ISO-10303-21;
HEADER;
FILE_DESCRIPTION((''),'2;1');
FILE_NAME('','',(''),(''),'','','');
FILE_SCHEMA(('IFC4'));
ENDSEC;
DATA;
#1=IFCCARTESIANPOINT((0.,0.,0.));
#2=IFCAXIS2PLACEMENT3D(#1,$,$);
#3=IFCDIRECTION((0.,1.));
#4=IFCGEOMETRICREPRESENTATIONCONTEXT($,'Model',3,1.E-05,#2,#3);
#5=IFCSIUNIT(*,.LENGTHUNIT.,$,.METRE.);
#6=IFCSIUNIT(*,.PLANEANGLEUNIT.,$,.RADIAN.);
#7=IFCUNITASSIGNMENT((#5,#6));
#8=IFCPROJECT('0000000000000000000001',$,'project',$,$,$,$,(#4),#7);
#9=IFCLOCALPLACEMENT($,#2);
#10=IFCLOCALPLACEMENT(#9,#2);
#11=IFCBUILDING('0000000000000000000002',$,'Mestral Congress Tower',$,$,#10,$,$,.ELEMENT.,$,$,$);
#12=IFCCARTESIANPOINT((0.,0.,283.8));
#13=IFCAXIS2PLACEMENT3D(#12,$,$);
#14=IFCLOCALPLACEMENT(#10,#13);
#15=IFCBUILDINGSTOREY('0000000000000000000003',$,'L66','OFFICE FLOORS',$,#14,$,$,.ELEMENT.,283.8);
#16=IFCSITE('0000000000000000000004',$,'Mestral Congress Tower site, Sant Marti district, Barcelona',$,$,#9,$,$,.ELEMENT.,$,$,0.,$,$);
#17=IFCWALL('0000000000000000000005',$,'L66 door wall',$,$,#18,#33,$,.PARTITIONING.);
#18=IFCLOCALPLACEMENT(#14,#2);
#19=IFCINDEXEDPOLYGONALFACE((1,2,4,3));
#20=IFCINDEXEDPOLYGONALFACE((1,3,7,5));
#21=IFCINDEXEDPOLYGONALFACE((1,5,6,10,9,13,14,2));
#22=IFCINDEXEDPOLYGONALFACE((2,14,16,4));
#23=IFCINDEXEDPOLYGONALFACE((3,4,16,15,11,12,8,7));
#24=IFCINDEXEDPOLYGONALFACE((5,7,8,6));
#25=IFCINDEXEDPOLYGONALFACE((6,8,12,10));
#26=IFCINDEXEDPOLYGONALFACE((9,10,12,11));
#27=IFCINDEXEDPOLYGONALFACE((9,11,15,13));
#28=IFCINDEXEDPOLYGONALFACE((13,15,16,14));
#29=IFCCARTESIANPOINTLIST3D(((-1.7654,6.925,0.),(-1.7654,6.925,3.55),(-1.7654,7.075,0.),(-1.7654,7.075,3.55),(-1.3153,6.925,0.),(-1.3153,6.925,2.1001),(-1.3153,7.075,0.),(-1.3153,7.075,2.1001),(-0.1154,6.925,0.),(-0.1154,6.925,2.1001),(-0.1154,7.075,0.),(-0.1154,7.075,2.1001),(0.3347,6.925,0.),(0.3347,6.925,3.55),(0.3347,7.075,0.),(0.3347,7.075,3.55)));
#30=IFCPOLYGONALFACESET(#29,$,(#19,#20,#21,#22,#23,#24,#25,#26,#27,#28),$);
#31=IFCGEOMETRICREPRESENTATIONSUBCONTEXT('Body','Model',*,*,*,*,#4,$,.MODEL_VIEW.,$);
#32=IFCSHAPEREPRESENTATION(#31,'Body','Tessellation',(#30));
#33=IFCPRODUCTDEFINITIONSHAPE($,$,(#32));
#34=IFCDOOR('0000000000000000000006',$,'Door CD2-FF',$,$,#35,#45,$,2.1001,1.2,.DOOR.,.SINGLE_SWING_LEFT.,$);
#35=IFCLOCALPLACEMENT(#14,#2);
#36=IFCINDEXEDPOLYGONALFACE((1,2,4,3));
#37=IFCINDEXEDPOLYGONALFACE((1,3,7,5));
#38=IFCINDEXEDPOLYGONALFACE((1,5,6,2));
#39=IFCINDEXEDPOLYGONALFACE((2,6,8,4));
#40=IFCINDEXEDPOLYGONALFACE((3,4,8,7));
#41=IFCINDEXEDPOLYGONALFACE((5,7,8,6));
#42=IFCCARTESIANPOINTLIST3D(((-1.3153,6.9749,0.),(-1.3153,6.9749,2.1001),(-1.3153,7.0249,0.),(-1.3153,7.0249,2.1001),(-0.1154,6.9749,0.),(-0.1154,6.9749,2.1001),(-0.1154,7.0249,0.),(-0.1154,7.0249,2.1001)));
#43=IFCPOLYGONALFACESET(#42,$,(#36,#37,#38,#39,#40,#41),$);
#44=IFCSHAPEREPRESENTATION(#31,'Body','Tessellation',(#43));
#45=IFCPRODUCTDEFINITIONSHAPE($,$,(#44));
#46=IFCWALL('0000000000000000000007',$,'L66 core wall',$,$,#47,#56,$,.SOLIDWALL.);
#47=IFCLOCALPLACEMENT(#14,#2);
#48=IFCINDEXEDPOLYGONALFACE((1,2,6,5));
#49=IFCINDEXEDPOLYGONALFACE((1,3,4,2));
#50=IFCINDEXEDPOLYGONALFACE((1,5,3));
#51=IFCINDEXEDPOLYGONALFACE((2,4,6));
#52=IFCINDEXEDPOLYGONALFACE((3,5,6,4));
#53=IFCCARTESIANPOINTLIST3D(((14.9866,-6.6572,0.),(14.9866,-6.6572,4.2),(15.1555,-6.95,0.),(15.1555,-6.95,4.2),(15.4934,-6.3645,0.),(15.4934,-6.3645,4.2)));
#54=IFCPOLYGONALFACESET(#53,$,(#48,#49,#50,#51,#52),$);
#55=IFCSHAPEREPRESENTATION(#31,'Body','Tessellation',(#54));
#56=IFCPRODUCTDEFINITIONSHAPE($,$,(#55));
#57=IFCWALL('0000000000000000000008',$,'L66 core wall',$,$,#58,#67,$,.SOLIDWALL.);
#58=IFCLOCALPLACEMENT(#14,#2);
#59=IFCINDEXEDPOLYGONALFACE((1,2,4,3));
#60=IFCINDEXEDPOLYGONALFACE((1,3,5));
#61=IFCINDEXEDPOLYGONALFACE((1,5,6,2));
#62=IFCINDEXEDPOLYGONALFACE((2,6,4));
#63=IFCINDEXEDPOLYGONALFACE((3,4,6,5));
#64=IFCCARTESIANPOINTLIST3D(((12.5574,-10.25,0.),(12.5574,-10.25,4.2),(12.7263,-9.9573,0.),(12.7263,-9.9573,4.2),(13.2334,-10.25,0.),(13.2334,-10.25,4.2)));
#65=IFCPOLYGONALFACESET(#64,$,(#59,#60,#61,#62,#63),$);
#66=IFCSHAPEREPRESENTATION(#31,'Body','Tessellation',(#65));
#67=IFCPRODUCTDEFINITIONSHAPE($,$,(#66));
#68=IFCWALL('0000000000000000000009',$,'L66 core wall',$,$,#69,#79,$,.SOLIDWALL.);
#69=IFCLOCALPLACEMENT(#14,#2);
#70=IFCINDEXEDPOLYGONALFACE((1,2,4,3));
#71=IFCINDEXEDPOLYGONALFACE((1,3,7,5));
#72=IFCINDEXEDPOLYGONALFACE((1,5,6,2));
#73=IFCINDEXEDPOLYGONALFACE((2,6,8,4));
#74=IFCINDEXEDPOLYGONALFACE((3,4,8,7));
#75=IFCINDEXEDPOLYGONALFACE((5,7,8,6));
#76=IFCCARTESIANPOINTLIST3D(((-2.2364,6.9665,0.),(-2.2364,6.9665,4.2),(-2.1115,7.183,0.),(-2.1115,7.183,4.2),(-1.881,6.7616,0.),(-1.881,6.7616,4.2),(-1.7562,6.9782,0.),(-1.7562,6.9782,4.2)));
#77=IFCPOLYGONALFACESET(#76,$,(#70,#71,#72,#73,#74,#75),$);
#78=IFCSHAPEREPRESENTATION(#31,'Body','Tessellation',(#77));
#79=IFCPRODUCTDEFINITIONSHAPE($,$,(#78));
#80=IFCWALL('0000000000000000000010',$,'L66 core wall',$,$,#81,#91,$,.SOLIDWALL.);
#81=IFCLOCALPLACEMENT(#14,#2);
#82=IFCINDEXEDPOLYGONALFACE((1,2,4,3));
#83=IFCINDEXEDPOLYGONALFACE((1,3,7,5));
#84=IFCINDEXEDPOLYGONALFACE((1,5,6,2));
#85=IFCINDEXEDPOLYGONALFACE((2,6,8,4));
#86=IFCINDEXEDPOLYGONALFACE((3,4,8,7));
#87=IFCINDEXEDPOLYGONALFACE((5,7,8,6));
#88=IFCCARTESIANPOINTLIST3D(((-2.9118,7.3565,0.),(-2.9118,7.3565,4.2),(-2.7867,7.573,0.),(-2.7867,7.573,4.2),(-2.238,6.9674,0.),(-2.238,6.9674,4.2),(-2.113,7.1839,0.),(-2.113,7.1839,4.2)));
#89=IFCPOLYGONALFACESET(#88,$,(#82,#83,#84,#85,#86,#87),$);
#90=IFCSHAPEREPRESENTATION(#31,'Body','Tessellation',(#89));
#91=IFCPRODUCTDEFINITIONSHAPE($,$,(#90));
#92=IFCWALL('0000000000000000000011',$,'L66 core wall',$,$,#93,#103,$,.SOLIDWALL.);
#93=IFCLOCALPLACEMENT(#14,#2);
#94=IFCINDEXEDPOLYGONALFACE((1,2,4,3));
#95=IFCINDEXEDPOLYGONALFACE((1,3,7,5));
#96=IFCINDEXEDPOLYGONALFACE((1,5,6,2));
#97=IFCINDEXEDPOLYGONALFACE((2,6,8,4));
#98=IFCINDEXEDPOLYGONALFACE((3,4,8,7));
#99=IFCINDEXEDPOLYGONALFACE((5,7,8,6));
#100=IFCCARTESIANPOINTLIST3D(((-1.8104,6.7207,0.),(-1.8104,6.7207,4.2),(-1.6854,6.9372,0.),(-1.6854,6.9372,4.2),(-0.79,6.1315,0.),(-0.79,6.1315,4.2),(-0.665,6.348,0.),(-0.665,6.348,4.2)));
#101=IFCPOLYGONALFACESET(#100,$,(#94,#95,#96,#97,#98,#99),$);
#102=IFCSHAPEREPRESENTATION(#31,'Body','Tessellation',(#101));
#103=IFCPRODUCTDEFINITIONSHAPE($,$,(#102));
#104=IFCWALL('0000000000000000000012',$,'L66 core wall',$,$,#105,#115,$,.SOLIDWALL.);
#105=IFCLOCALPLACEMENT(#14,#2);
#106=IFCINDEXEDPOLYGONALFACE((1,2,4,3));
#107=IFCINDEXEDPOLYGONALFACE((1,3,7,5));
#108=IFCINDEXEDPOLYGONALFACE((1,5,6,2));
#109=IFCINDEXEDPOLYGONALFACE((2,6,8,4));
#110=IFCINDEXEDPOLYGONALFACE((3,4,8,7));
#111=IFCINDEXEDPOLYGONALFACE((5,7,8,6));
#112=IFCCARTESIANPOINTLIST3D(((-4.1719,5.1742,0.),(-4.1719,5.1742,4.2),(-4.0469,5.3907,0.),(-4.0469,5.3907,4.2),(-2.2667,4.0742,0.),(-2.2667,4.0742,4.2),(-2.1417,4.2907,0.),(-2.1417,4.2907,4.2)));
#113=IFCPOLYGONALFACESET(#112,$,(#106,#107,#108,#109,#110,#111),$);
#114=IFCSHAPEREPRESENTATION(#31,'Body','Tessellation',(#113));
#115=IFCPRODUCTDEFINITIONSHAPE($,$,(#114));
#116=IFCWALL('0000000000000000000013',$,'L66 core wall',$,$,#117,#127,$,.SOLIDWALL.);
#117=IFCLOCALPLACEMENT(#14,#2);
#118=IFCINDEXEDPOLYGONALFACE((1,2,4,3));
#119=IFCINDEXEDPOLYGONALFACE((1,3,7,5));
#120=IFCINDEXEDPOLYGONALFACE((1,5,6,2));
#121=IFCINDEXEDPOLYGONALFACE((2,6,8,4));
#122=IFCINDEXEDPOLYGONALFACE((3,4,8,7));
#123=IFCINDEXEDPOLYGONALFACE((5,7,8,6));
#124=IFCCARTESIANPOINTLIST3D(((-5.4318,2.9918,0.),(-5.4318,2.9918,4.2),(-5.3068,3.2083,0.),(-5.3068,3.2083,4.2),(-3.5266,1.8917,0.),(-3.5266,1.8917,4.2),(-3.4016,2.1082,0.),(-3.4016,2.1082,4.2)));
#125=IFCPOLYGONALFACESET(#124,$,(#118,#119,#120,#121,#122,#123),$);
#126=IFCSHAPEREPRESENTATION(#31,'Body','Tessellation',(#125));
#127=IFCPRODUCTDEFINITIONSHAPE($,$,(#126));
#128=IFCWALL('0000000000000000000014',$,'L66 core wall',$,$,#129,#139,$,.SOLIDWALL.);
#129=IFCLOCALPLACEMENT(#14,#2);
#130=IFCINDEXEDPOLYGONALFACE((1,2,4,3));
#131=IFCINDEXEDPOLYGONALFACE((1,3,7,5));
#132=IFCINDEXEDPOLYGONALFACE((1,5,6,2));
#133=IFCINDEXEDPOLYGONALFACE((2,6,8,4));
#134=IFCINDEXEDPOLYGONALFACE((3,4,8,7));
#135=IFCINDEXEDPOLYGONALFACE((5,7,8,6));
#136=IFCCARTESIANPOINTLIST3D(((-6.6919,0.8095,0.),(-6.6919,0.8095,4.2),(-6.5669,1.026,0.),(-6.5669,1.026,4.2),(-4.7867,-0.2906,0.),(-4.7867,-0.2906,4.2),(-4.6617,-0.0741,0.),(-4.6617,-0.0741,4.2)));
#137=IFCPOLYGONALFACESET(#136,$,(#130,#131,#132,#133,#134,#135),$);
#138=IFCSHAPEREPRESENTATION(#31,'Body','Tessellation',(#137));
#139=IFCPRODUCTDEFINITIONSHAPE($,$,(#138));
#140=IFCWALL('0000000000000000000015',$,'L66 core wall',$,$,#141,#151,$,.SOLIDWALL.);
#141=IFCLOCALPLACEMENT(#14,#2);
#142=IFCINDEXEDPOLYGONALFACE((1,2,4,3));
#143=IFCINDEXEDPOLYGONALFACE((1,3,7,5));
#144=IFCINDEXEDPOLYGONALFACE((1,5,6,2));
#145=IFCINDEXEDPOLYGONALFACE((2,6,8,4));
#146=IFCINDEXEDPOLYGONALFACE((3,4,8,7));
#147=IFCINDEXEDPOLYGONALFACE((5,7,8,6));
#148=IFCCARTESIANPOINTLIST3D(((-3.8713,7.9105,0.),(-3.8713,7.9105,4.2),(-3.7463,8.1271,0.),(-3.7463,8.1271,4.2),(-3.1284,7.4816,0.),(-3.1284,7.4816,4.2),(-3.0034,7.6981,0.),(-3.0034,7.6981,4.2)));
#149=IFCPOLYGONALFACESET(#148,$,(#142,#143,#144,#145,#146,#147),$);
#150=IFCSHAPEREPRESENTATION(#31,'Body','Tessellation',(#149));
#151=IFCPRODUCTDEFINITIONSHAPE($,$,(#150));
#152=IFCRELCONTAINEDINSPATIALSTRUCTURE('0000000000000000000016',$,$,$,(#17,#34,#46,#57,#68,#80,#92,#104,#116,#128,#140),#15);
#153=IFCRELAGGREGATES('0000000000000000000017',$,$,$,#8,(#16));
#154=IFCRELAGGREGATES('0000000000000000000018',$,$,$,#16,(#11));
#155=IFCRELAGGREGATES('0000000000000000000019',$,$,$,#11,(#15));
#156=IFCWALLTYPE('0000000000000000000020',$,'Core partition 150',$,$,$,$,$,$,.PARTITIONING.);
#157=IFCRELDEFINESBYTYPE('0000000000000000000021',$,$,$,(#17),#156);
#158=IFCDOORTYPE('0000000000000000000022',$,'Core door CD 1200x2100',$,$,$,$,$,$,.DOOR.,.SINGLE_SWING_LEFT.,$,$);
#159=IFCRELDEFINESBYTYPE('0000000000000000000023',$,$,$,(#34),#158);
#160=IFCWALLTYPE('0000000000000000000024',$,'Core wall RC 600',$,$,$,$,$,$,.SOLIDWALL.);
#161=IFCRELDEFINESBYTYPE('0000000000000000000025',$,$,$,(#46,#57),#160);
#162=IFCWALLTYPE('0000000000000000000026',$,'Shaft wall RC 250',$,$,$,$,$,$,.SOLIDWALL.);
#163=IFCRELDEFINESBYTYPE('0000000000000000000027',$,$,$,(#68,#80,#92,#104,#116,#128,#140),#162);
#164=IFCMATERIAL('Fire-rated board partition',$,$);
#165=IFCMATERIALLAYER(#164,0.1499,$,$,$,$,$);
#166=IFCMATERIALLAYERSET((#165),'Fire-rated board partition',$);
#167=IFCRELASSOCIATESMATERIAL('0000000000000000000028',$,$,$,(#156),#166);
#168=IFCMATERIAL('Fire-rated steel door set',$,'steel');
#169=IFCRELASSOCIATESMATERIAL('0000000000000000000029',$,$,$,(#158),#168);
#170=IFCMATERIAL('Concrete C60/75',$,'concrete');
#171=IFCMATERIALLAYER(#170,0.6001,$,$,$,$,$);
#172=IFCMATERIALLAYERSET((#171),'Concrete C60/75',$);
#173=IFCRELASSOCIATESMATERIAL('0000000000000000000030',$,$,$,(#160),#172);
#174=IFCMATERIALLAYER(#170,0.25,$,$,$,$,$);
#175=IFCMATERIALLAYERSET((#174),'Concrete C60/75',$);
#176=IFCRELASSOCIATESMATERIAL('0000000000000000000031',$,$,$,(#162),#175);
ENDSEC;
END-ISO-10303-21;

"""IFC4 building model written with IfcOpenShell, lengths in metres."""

from ifc_helpers import new_model, si_unit, direction, frame, frame_2d, origin, place, context, subcontext, project, spatial, polyline, rectangle, outline, extrude, material, layer, layer_set, type_object, element, fill, save


model = new_model("IFC4")

# Units and contexts
model_context = context("Model", 3, precision=1e-05, world=origin(), true_north=direction((0.0, 1.0)))
body_context = subcontext(model_context, "Body", "Model", "MODEL_VIEW")
ifc_project = project(units=[si_unit("LENGTHUNIT", "METRE"), si_unit("PLANEANGLEUNIT", "RADIAN")], contexts=[model_context])

# Site, building, storey
site_placement = place(None, origin())
site = spatial("IfcSite", under=ifc_project, at=site_placement, Name="Mestral Congress Tower site, Sant Marti district, Barcelona", CompositionType="ELEMENT", RefElevation=0.0)
building_placement = place(site_placement, origin())
building = spatial("IfcBuilding", under=site, at=building_placement, Name="Mestral Congress Tower", CompositionType="ELEMENT")
storey_placement = place(building_placement, frame((0.0, 0.0, 283.8)))
storey = spatial("IfcBuildingStorey", under=building, at=storey_placement, Name="L66", Description="OFFICE FLOORS", CompositionType="ELEMENT", Elevation=283.8)

# Shared definitions
ifc_material_1 = material(Name="Concrete C60/75", Category="concrete")

# Shared definitions
placement_1 = place(storey_placement, origin())

# Shared definitions
ifc_material_2 = material(Name="Fire-rated board partition")
ifc_layer_1 = layer(ifc_material_2, 0.1499)
ifc_layer_set_1 = layer_set([ifc_layer_1], Name="Fire-rated board partition")
wall_type_1 = type_object("IfcWallType", Name="Core partition 150", PredefinedType="PARTITIONING", material=ifc_layer_set_1)

# Wall, opening, door
wall_1_placement = place(storey_placement, frame((-1.7654, 7.0, 0.0), z_axis=(0.0, 0.0, 1.0), x_axis=(1.0, 0.0, 0.0)))
wall_1 = element("IfcWall", 1, at=wall_1_placement, inside=storey, type_object=wall_type_1, Name="L66 door wall", PredefinedType="PARTITIONING", context=body_context, shape_type="SweptSolid", body=[
    extrude(rectangle(XDim=2.1001, YDim=0.1499, at=frame_2d((1.05, 0.0))), origin(), (0.0, 0.0, 1.0), 3.55),
])
opening_1_placement = place(wall_1_placement, frame((0.45, 0.0, 0.0)))
opening_1 = element("IfcOpeningElement", 2, at=opening_1_placement, cuts=wall_1, PredefinedType="OPENING", context=body_context, shape_type="SweptSolid", body=[
    extrude(rectangle(XDim=1.2, YDim=2.1001, at=frame_2d((0.6001, 1.05))), frame((0.0, 0.085, 0.0), z_axis=(0.0, -1.0, 0.0), x_axis=(1.0, 0.0, 0.0)), (0.0, 0.0, 1.0), 0.1699),
])
ifc_material_3 = material(Name="Fire-rated steel door set", Category="steel")
door_type_1 = type_object("IfcDoorType", Name="Core door CD 1200x2100", OperationType="SINGLE_SWING_LEFT", PredefinedType="DOOR", material=ifc_material_3)
door_1_placement = place(opening_1_placement, origin())
door_1 = element("IfcDoor", 3, at=door_1_placement, inside=storey, type_object=door_type_1, Name="Door CD2-FF", OperationType="SINGLE_SWING_LEFT", OverallHeight=2.1001, OverallWidth=1.2, PredefinedType="DOOR", context=body_context, shape_type="SweptSolid", body=[
    extrude(rectangle(XDim=1.2, YDim=2.1001, at=frame_2d((0.6001, 1.05))), frame((0.0, 0.0249, 0.0), z_axis=(0.0, -1.0, 0.0), x_axis=(1.0, 0.0, 0.0)), (0.0, 0.0, 1.0), 0.05),
])
fill(opening_1, door_1)

# Walls
ifc_layer_2 = layer(ifc_material_1, 0.6001)
ifc_layer_set_2 = layer_set([ifc_layer_2], Name="Concrete C60/75")
wall_type_2 = type_object("IfcWallType", Name="Core wall RC 600", PredefinedType="SOLIDWALL", material=ifc_layer_set_2)
element("IfcWall", 4, at=placement_1, inside=storey, type_object=wall_type_2, Name="L66 core wall", PredefinedType="SOLIDWALL", context=body_context, shape_type="SweptSolid", body=[
    extrude(outline(polyline([(15.1555, -6.95), (14.9866, -6.6572), (15.4934, -6.3645), (15.1555, -6.95)])), origin(), (0.0, 0.0, 1.0), 4.2),
])
element("IfcWall", 5, at=placement_1, inside=storey, type_object=wall_type_2, Name="L66 core wall", PredefinedType="SOLIDWALL", context=body_context, shape_type="SweptSolid", body=[
    extrude(outline(polyline([(12.7263, -9.9573), (13.2334, -10.25), (12.5574, -10.25), (12.7263, -9.9573)])), origin(), (0.0, 0.0, 1.0), 4.2),
])
ifc_layer_3 = layer(ifc_material_1, 0.25)
ifc_layer_set_3 = layer_set([ifc_layer_3], Name="Concrete C60/75")
wall_type_3 = type_object("IfcWallType", Name="Shaft wall RC 250", PredefinedType="SOLIDWALL", material=ifc_layer_set_3)
wall_2_placement = place(storey_placement, frame((-1.8186, 6.8699, 0.0), z_axis=(0.0, 0.0, 1.0), x_axis=(-0.866295, 0.499533, 0.0)))
element("IfcWall", 6, at=wall_2_placement, inside=storey, type_object=wall_type_3, Name="L66 core wall", PredefinedType="SOLIDWALL", context=body_context, shape_type="SweptSolid", body=[
    extrude(rectangle(XDim=0.4102, YDim=0.25, at=frame_2d((0.2051, 0.0))), origin(), (0.0, 0.0, 1.0), 4.2),
])
wall_3_placement = place(storey_placement, frame((-2.8494, 7.4648, 0.0), z_axis=(0.0, 0.0, 1.0), x_axis=(0.865956, -0.500121, 0.0)))
element("IfcWall", 7, at=wall_3_placement, inside=storey, type_object=wall_type_3, Name="L66 core wall", PredefinedType="SOLIDWALL", context=body_context, shape_type="SweptSolid", body=[
    extrude(rectangle(XDim=0.7781, YDim=0.25, at=frame_2d((0.3892, 0.0))), origin(), (0.0, 0.0, 1.0), 4.2),
])
wall_4_placement = place(storey_placement, frame((-0.7275, 6.2397, 0.0), z_axis=(0.0, 0.0, 1.0), x_axis=(-0.866003, 0.500039, 0.0)))
element("IfcWall", 8, at=wall_4_placement, inside=storey, type_object=wall_type_3, Name="L66 core wall", PredefinedType="SOLIDWALL", context=body_context, shape_type="SweptSolid", body=[
    extrude(rectangle(XDim=1.1782, YDim=0.25, at=frame_2d((0.5891, 0.0))), origin(), (0.0, 0.0, 1.0), 4.2),
])
for number, where, z_axis, x_axis, name in (
    (9, (-2.2041, 4.1824, 0.0), (0.0, 0.0, 1.0), (-0.866008, 0.50003, 0.0), "L66 core wall"),
    (10, (-5.3694, 3.1001, 0.0), (0.0, 0.0, 1.0), (0.866008, -0.50003, 0.0), "L66 core wall"),
    (11, (-4.7241, -0.1824, 0.0), (0.0, 0.0, 1.0), (-0.866008, 0.50003, 0.0), "L66 core wall"),
):
    element("IfcWall", number, at=place(storey_placement, frame(where, z_axis=z_axis, x_axis=x_axis)), inside=storey, type_object=wall_type_3, Name=name, PredefinedType="SOLIDWALL", context=body_context, shape_type="SweptSolid", body=[
        extrude(rectangle(XDim=2.2, YDim=0.25, at=frame_2d((1.1001, 0.0))), origin(), (0.0, 0.0, 1.0), 4.2),
    ])
wall_5_placement = place(storey_placement, frame((-3.8088, 8.0188, 0.0), z_axis=(0.0, 0.0, 1.0), x_axis=(0.86601, -0.500026, 0.0)))
element("IfcWall", 12, at=wall_5_placement, inside=storey, type_object=wall_type_3, Name="L66 core wall", PredefinedType="SOLIDWALL", context=body_context, shape_type="SweptSolid", body=[
    extrude(rectangle(XDim=0.8579, YDim=0.25, at=frame_2d((0.429, 0.0))), origin(), (0.0, 0.0, 1.0), 4.2),
])

save(model, "model.ifc")
